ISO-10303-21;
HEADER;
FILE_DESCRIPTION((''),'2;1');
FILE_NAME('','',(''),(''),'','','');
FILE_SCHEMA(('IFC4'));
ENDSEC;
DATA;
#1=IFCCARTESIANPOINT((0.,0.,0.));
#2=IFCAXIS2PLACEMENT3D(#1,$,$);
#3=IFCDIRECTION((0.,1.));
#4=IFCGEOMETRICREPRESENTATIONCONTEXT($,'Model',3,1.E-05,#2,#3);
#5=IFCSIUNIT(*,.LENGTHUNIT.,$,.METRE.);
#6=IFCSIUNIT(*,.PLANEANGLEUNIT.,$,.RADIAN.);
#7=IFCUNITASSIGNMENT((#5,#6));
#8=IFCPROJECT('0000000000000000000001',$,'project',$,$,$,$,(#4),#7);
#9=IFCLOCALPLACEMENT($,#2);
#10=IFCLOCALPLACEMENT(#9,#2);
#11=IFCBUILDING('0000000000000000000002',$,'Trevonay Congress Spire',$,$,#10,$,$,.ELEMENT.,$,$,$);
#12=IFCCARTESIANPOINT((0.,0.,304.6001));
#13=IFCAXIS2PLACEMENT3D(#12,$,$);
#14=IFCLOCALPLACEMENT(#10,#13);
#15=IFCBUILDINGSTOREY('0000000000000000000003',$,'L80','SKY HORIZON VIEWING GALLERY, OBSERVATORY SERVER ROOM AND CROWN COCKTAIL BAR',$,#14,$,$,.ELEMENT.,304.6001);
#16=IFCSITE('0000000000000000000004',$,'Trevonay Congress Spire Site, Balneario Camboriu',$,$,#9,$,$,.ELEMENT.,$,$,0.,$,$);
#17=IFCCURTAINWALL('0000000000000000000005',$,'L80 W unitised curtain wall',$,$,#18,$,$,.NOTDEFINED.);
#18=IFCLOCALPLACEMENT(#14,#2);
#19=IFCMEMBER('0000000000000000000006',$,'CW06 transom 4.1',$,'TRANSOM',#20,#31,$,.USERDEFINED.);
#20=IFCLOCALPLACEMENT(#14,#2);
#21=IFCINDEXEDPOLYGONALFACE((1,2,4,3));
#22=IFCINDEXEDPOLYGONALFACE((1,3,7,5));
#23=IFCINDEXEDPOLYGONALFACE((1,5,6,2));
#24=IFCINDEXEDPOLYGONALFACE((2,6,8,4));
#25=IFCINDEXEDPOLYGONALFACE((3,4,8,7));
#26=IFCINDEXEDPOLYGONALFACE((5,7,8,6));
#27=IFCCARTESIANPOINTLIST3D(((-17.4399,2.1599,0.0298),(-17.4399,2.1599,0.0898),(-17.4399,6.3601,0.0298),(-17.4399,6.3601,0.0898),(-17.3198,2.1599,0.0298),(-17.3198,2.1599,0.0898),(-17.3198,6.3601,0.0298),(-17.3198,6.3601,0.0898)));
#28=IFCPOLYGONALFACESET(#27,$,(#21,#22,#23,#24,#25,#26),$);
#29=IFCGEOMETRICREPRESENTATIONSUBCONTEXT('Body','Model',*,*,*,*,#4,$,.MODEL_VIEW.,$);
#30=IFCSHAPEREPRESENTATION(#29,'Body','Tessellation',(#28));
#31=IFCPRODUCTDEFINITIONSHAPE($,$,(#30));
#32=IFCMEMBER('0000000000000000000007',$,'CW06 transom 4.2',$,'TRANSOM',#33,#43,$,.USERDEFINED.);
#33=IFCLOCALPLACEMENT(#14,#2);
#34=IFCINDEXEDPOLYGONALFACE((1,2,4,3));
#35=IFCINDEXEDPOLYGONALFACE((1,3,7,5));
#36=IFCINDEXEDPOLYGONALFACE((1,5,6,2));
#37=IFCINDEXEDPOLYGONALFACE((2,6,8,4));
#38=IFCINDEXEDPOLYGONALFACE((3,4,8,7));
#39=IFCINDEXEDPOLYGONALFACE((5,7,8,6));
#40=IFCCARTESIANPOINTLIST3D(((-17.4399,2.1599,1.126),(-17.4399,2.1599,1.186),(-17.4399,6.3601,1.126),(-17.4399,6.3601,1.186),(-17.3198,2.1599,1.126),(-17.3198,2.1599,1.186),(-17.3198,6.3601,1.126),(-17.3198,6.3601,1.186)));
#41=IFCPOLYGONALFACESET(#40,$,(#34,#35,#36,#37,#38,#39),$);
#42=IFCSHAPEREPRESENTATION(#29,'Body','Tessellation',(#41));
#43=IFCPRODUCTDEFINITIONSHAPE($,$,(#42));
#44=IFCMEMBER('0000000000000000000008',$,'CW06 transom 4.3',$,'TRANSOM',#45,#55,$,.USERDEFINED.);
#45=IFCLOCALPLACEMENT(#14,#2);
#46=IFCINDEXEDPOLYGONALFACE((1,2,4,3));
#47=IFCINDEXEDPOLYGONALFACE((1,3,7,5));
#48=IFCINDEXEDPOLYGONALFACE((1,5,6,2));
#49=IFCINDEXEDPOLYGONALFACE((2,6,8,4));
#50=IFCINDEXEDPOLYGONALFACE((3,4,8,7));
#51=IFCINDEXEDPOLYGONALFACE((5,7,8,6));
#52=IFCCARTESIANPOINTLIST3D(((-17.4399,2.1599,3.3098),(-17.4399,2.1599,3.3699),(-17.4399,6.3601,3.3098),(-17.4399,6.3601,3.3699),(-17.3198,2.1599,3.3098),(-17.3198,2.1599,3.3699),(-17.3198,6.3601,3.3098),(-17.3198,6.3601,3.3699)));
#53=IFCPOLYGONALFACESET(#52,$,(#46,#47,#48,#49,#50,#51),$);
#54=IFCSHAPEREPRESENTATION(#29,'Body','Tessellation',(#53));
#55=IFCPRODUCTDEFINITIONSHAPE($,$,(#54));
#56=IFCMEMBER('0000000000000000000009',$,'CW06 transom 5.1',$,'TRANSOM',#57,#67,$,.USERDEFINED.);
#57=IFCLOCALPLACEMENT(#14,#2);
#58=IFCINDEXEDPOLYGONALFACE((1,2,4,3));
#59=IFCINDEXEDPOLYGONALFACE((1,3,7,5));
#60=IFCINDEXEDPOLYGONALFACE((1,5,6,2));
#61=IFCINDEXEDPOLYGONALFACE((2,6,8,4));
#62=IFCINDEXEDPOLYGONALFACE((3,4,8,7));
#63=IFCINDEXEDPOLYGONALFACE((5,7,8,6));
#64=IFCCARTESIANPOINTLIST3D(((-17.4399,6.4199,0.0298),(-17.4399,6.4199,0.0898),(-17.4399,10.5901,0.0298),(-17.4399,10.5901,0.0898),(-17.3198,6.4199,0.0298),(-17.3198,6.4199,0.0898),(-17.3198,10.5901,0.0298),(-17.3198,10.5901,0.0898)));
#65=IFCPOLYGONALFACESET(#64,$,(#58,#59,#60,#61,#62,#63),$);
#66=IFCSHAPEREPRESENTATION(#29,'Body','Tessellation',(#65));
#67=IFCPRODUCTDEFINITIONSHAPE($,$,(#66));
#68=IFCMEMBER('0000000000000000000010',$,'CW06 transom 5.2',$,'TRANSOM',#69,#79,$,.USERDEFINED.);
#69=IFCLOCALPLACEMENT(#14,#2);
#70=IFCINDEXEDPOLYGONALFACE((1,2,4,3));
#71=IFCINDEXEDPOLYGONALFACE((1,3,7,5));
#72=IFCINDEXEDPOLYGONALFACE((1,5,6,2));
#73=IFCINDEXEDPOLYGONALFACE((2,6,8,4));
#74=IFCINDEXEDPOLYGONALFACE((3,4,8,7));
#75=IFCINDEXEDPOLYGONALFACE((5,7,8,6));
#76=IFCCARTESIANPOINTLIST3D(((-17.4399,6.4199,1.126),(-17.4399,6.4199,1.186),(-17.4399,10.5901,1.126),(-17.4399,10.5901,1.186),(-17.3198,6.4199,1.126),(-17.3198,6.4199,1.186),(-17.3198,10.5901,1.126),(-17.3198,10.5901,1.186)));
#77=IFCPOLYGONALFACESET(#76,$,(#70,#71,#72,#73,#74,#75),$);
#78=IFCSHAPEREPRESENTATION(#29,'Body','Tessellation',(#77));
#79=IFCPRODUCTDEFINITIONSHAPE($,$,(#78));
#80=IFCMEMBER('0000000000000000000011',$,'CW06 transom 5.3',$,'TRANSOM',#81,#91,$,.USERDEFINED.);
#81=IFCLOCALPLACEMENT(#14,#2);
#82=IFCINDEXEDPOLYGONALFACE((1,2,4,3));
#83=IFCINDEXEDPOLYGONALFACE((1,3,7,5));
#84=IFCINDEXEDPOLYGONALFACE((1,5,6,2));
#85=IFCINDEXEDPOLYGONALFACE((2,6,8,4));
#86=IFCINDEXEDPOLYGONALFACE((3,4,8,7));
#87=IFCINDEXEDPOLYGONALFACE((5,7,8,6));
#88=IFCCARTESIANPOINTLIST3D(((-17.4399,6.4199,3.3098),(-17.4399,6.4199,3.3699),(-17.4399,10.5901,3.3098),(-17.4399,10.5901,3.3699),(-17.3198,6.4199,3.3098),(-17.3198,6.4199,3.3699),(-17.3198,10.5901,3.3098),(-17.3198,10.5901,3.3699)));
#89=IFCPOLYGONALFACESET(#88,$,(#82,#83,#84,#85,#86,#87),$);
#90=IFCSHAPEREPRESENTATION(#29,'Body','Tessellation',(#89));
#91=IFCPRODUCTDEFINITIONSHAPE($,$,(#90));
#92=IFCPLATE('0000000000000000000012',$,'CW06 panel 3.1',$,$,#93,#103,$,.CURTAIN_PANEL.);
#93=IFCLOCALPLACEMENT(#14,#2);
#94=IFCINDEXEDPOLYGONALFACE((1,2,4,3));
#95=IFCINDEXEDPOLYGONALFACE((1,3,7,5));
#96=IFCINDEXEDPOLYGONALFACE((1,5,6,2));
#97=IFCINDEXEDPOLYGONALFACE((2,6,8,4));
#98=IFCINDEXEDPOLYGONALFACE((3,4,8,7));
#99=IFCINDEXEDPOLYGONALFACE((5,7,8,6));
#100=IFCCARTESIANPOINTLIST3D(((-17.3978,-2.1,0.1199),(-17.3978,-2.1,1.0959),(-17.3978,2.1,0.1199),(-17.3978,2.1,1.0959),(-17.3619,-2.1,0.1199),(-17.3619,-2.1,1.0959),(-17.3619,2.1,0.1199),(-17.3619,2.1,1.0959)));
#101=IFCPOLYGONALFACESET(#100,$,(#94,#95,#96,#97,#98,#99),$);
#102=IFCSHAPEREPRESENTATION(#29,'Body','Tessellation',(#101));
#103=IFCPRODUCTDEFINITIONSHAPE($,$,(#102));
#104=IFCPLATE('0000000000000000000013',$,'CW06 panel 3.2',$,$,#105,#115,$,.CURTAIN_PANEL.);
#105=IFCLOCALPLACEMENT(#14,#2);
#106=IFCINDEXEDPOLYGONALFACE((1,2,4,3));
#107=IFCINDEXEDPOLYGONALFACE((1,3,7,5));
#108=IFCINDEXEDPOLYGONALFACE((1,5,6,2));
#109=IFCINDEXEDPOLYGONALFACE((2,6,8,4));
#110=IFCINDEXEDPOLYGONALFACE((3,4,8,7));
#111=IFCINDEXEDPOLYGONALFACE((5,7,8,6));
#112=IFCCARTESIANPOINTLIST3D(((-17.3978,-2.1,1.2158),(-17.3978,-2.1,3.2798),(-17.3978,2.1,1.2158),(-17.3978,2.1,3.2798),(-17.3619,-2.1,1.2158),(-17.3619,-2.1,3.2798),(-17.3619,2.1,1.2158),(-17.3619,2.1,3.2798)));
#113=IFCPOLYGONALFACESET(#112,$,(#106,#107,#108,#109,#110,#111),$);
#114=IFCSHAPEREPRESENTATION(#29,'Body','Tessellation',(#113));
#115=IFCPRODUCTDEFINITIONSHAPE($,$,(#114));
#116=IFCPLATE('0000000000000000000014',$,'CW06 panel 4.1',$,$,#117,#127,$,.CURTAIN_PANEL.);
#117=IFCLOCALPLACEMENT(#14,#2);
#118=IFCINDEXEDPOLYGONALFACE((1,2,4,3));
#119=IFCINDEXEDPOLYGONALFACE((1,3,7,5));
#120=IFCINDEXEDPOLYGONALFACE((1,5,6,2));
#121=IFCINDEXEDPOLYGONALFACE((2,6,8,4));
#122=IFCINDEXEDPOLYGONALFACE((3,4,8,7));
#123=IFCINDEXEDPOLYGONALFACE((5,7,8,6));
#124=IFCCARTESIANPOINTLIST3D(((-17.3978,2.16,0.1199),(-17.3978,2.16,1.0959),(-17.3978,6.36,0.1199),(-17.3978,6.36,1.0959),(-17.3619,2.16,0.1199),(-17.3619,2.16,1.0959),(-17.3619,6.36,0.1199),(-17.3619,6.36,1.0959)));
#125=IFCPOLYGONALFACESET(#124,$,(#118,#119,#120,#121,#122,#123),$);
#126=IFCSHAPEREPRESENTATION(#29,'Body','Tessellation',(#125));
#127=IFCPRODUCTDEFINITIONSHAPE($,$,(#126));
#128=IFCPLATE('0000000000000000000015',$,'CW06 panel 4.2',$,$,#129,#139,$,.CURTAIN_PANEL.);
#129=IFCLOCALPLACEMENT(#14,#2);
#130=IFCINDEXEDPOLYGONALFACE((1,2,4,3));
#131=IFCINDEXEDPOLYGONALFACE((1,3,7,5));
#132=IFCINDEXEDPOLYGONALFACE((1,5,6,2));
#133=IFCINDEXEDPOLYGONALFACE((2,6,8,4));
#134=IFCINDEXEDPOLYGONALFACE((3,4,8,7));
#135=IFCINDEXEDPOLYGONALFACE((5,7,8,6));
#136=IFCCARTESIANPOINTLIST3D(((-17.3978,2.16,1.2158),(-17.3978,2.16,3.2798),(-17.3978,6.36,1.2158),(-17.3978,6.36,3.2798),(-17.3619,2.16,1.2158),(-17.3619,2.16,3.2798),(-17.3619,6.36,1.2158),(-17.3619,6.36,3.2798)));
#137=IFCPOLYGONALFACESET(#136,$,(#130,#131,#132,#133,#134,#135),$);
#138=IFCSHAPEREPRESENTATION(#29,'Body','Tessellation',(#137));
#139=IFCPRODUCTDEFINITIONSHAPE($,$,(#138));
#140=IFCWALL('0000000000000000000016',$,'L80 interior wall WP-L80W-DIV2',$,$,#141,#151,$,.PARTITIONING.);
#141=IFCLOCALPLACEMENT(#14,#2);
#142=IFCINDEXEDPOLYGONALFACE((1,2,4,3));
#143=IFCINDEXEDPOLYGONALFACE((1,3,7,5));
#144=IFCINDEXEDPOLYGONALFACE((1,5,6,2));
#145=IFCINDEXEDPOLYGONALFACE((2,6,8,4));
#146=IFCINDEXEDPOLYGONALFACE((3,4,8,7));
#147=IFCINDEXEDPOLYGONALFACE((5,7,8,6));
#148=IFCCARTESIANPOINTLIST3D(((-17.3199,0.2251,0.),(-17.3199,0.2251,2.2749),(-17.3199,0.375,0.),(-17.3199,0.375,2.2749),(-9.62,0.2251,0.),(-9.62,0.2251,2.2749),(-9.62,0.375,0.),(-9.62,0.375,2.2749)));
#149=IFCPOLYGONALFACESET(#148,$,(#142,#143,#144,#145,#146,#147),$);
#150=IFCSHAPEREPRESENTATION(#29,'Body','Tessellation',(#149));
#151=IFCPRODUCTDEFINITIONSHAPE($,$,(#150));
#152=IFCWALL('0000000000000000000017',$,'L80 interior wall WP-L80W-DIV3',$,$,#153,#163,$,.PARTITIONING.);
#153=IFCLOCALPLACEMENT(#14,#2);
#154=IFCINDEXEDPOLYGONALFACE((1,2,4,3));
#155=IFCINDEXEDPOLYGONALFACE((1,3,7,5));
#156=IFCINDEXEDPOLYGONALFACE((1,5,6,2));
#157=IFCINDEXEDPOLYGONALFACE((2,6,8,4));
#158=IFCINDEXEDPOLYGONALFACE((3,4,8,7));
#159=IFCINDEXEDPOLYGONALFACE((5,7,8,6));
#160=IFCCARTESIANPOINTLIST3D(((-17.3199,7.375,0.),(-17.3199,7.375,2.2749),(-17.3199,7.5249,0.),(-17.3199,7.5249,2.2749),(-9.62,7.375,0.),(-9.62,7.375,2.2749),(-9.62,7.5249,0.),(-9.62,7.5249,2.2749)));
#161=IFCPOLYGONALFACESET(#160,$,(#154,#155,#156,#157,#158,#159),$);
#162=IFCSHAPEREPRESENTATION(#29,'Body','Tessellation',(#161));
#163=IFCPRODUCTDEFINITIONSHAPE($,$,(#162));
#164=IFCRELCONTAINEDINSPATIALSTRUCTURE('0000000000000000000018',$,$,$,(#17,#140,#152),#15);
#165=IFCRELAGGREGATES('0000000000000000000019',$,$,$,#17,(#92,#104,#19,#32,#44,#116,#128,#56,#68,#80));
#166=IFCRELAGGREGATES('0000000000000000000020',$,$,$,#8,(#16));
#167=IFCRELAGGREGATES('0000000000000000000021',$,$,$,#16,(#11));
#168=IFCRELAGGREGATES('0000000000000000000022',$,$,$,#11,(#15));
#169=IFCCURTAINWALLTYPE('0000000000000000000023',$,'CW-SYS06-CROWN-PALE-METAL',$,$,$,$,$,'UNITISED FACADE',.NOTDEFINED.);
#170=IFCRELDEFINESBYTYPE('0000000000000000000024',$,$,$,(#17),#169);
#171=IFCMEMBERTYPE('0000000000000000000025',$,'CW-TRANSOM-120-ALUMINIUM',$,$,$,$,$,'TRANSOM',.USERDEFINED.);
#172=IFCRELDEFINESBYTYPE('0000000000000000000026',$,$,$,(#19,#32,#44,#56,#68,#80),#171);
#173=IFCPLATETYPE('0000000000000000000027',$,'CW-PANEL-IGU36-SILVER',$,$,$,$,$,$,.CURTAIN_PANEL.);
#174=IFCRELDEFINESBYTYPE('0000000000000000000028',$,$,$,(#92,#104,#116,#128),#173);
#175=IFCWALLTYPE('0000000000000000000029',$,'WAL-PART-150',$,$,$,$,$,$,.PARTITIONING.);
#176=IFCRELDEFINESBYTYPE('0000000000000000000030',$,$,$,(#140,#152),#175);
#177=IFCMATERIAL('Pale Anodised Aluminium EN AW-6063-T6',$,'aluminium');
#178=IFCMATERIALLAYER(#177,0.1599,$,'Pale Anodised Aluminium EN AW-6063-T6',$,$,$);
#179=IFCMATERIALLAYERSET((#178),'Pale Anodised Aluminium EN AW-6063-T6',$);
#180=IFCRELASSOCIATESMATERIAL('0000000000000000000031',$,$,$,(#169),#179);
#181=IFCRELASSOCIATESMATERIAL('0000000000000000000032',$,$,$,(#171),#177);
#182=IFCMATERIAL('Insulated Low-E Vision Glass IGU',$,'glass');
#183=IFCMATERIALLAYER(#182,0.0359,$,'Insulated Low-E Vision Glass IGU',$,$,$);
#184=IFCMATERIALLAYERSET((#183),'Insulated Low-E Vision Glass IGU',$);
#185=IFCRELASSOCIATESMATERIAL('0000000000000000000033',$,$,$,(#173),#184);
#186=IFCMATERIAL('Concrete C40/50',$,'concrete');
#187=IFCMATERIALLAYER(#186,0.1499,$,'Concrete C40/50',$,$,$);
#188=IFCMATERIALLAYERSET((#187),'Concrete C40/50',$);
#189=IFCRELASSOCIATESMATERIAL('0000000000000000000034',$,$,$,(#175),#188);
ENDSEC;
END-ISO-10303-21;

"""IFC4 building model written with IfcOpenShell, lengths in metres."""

from ifc_helpers import new_model, si_unit, direction, frame, frame_2d, origin, origin_2d, place, context, subcontext, project, spatial, rectangle, extrude, material, layer, layer_set, material_profile, profile_set, type_object, element, aggregate, save


model = new_model("IFC4")

# Units and contexts
model_context = context("Model", 3, precision=1e-05, world=origin(), true_north=direction((0.0, 1.0)))
body_context = subcontext(model_context, "Body", "Model", "MODEL_VIEW")
ifc_project = project(units=[si_unit("LENGTHUNIT", "METRE"), si_unit("PLANEANGLEUNIT", "RADIAN")], contexts=[model_context])

# Site, building, storey
site_placement = place(None, origin())
site = spatial("IfcSite", under=ifc_project, at=site_placement, Name="Trevonay Congress Spire Site, Balneario Camboriu", CompositionType="ELEMENT", RefElevation=0.0)
building_placement = place(site_placement, origin())
building = spatial("IfcBuilding", under=site, at=building_placement, Name="Trevonay Congress Spire", CompositionType="ELEMENT")
storey_placement = place(building_placement, frame((0.0, 0.0, 304.6001)))
storey = spatial("IfcBuildingStorey", under=building, at=storey_placement, Name="L80", Description="SKY HORIZON VIEWING GALLERY, OBSERVATORY SERVER ROOM AND CROWN COCKTAIL BAR", CompositionType="ELEMENT", Elevation=304.6001)

# Curtain wall, members, plates
ifc_material_1 = material(Name="Pale Anodised Aluminium EN AW-6063-T6", Category="aluminium")
ifc_layer_1 = layer(ifc_material_1, 0.1599, Name="Pale Anodised Aluminium EN AW-6063-T6")
ifc_layer_set_1 = layer_set([ifc_layer_1], Name="Pale Anodised Aluminium EN AW-6063-T6")
curtain_wall_type = type_object("IfcCurtainWallType", Name="CW-SYS06-CROWN-PALE-METAL", ElementType="UNITISED FACADE", PredefinedType="NOTDEFINED", material=ifc_layer_set_1)
curtain_wall_placement = place(storey_placement, origin())
curtain_wall = element("IfcCurtainWall", 1, at=curtain_wall_placement, inside=storey, type_object=curtain_wall_type, Name="L80 W unitised curtain wall", PredefinedType="NOTDEFINED")
ifc_material_profile_1 = material_profile(ifc_material_1, rectangle(XDim=0.1201, YDim=0.0601, at=origin_2d()), Name="CW-TRANSOM-120-ALUMINIUM")
ifc_profile_set_1 = profile_set([ifc_material_profile_1], Name="Pale Anodised Aluminium EN AW-6063-T6")
member_type_1 = type_object("IfcMemberType", Name="CW-TRANSOM-120-ALUMINIUM", ElementType="TRANSOM", PredefinedType="USERDEFINED", material=ifc_profile_set_1)
member_1_placement = place(storey_placement, frame((-17.3799, 2.1599, 0.0598), z_axis=(0.0, 1.0, 0.0), x_axis=(-1.0, 0.0, 0.0)))
member_1 = element("IfcMember", 2, at=member_1_placement, type_object=member_type_1, Name="CW06 transom 4.1", ObjectType="TRANSOM", PredefinedType="USERDEFINED", context=body_context, shape_type="SweptSolid", body=[
    extrude(rectangle(XDim=0.1201, YDim=0.0601, at=origin_2d()), origin(), (0.0, 0.0, 1.0), 4.2002),
])
member_2_placement = place(storey_placement, frame((-17.3799, 2.1599, 1.156), z_axis=(0.0, 1.0, 0.0), x_axis=(-1.0, 0.0, 0.0)))
member_2 = element("IfcMember", 3, at=member_2_placement, type_object=member_type_1, Name="CW06 transom 4.2", ObjectType="TRANSOM", PredefinedType="USERDEFINED", context=body_context, shape_type="SweptSolid", body=[
    extrude(rectangle(XDim=0.1201, YDim=0.0601, at=origin_2d()), origin(), (0.0, 0.0, 1.0), 4.2002),
])
member_3_placement = place(storey_placement, frame((-17.3799, 2.1599, 3.3398), z_axis=(0.0, 1.0, 0.0), x_axis=(-1.0, 0.0, 0.0)))
member_3 = element("IfcMember", 4, at=member_3_placement, type_object=member_type_1, Name="CW06 transom 4.3", ObjectType="TRANSOM", PredefinedType="USERDEFINED", context=body_context, shape_type="SweptSolid", body=[
    extrude(rectangle(XDim=0.1201, YDim=0.0601, at=origin_2d()), origin(), (0.0, 0.0, 1.0), 4.2002),
])
member_4_placement = place(storey_placement, frame((-17.3799, 6.4199, 0.0598), z_axis=(0.0, 1.0, 0.0), x_axis=(-1.0, 0.0, 0.0)))
member_4 = element("IfcMember", 5, at=member_4_placement, type_object=member_type_1, Name="CW06 transom 5.1", ObjectType="TRANSOM", PredefinedType="USERDEFINED", context=body_context, shape_type="SweptSolid", body=[
    extrude(rectangle(XDim=0.1201, YDim=0.0601, at=origin_2d()), origin(), (0.0, 0.0, 1.0), 4.1702),
])
member_5_placement = place(storey_placement, frame((-17.3799, 6.4199, 1.156), z_axis=(0.0, 1.0, 0.0), x_axis=(-1.0, 0.0, 0.0)))
member_5 = element("IfcMember", 6, at=member_5_placement, type_object=member_type_1, Name="CW06 transom 5.2", ObjectType="TRANSOM", PredefinedType="USERDEFINED", context=body_context, shape_type="SweptSolid", body=[
    extrude(rectangle(XDim=0.1201, YDim=0.0601, at=origin_2d()), origin(), (0.0, 0.0, 1.0), 4.1702),
])
member_6_placement = place(storey_placement, frame((-17.3799, 6.4199, 3.3398), z_axis=(0.0, 1.0, 0.0), x_axis=(-1.0, 0.0, 0.0)))
member_6 = element("IfcMember", 7, at=member_6_placement, type_object=member_type_1, Name="CW06 transom 5.3", ObjectType="TRANSOM", PredefinedType="USERDEFINED", context=body_context, shape_type="SweptSolid", body=[
    extrude(rectangle(XDim=0.1201, YDim=0.0601, at=origin_2d()), origin(), (0.0, 0.0, 1.0), 4.1702),
])
ifc_material_2 = material(Name="Insulated Low-E Vision Glass IGU", Category="glass")
ifc_layer_2 = layer(ifc_material_2, 0.0359, Name="Insulated Low-E Vision Glass IGU")
ifc_layer_set_2 = layer_set([ifc_layer_2], Name="Insulated Low-E Vision Glass IGU")
plate_type = type_object("IfcPlateType", Name="CW-PANEL-IGU36-SILVER", PredefinedType="CURTAIN_PANEL", material=ifc_layer_set_2)
plate_1_placement = place(storey_placement, frame((-17.3799, 0.0, 0.1199), z_axis=(0.0, 0.0, 1.0), x_axis=(0.0, 1.0, 0.0)))
plate_1 = element("IfcPlate", 8, at=plate_1_placement, type_object=plate_type, Name="CW06 panel 3.1", PredefinedType="CURTAIN_PANEL", context=body_context, shape_type="SweptSolid", body=[
    extrude(rectangle(XDim=4.2, YDim=0.0359, at=origin_2d()), origin(), (0.0, 0.0, 1.0), 0.9761),
])
plate_2_placement = place(storey_placement, frame((-17.3799, 0.0, 1.2158), z_axis=(0.0, 0.0, 1.0), x_axis=(0.0, 1.0, 0.0)))
plate_2 = element("IfcPlate", 9, at=plate_2_placement, type_object=plate_type, Name="CW06 panel 3.2", PredefinedType="CURTAIN_PANEL", context=body_context, shape_type="SweptSolid", body=[
    extrude(rectangle(XDim=4.2, YDim=0.0359, at=origin_2d()), origin(), (0.0, 0.0, 1.0), 2.064),
])
plate_3_placement = place(storey_placement, frame((-17.3799, 4.26, 0.1199), z_axis=(0.0, 0.0, 1.0), x_axis=(0.0, 1.0, 0.0)))
plate_3 = element("IfcPlate", 10, at=plate_3_placement, type_object=plate_type, Name="CW06 panel 4.1", PredefinedType="CURTAIN_PANEL", context=body_context, shape_type="SweptSolid", body=[
    extrude(rectangle(XDim=4.2, YDim=0.0359, at=origin_2d()), origin(), (0.0, 0.0, 1.0), 0.9761),
])
plate_4_placement = place(storey_placement, frame((-17.3799, 4.26, 1.2158), z_axis=(0.0, 0.0, 1.0), x_axis=(0.0, 1.0, 0.0)))
plate_4 = element("IfcPlate", 11, at=plate_4_placement, type_object=plate_type, Name="CW06 panel 4.2", PredefinedType="CURTAIN_PANEL", context=body_context, shape_type="SweptSolid", body=[
    extrude(rectangle(XDim=4.2, YDim=0.0359, at=origin_2d()), origin(), (0.0, 0.0, 1.0), 2.064),
])
aggregate(curtain_wall, [plate_1, plate_2, member_1, member_2, member_3, plate_3, plate_4, member_4, member_5, member_6])

# Walls
ifc_material_3 = material(Name="Concrete C40/50", Category="concrete")
ifc_layer_3 = layer(ifc_material_3, 0.1499, Name="Concrete C40/50")
ifc_layer_set_3 = layer_set([ifc_layer_3], Name="Concrete C40/50")
wall_type = type_object("IfcWallType", Name="WAL-PART-150", PredefinedType="PARTITIONING", material=ifc_layer_set_3)
for number, where, z_axis, x_axis, name in (
    (12, (-17.3201, 0.3, 0.0), (0.0, 0.0, 1.0), (1.0, 0.0, 0.0), "L80 interior wall WP-L80W-DIV2"),
    (13, (-17.3201, 7.45, 0.0), (0.0, 0.0, 1.0), (1.0, 0.0, 0.0), "L80 interior wall WP-L80W-DIV3"),
):
    element("IfcWall", number, at=place(storey_placement, frame(where, z_axis=z_axis, x_axis=x_axis)), inside=storey, type_object=wall_type, Name=name, PredefinedType="PARTITIONING", context=body_context, shape_type="SweptSolid", body=[
        extrude(rectangle(XDim=7.7, YDim=0.1499, at=frame_2d((3.8501, 0.0))), origin(), (0.0, 0.0, 1.0), 2.2749),
    ])

save(model, "model.ifc")
